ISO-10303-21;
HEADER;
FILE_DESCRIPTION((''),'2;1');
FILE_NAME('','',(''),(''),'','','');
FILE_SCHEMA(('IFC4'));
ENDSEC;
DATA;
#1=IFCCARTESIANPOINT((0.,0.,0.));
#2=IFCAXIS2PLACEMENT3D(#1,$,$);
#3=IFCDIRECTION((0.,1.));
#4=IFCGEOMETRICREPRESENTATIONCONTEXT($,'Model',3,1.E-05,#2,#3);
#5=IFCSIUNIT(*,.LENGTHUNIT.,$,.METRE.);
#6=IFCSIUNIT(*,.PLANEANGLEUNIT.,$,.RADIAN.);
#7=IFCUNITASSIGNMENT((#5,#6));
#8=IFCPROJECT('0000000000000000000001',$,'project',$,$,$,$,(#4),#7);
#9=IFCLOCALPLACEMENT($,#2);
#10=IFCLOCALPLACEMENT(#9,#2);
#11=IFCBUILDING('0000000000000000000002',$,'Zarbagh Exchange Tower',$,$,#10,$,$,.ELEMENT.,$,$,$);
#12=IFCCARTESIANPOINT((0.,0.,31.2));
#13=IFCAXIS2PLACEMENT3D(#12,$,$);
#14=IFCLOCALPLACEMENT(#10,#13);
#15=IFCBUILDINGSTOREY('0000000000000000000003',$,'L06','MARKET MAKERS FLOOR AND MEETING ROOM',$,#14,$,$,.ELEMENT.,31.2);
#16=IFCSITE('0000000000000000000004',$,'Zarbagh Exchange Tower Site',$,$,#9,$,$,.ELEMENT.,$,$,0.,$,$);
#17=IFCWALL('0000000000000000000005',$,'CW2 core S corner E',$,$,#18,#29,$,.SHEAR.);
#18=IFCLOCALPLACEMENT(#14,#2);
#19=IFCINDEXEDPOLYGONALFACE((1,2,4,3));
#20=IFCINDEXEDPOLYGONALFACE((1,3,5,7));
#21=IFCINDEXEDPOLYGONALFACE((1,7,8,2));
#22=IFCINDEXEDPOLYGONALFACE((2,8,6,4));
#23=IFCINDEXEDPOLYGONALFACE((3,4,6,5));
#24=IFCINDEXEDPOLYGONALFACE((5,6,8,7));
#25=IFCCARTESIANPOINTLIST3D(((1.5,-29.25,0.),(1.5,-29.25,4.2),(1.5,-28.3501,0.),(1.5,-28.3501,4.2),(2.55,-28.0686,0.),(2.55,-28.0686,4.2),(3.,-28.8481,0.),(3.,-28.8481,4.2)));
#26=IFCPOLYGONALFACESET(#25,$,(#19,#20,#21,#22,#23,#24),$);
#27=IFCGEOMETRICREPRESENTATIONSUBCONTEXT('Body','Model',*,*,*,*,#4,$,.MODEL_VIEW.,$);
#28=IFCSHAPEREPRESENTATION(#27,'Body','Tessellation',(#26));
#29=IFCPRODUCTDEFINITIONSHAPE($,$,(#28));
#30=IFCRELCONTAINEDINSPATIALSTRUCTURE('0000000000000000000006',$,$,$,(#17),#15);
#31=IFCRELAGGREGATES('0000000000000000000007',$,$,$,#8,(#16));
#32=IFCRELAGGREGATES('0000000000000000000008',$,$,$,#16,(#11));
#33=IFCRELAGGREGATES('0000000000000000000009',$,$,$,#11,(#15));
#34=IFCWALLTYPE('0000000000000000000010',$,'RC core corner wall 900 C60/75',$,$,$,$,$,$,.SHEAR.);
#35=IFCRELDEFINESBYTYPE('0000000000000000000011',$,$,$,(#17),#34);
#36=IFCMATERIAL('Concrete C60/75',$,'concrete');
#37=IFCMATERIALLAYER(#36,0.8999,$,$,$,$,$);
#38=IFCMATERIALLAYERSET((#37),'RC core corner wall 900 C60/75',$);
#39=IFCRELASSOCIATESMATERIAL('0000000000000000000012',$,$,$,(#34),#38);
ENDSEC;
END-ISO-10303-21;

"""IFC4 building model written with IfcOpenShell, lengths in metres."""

from ifc_helpers import new_model, si_unit, direction, frame, origin, place, context, subcontext, project, spatial, polyline, outline, extrude, material, layer, layer_set, type_object, element, save


model = new_model("IFC4")

# Units and contexts
model_context = context("Model", 3, precision=1e-05, world=origin(), true_north=direction((0.0, 1.0)))
body_context = subcontext(model_context, "Body", "Model", "MODEL_VIEW")
ifc_project = project(units=[si_unit("LENGTHUNIT", "METRE"), si_unit("PLANEANGLEUNIT", "RADIAN")], contexts=[model_context])

# Site, building, storey
site_placement = place(None, origin())
site = spatial("IfcSite", under=ifc_project, at=site_placement, Name="Zarbagh Exchange Tower Site", CompositionType="ELEMENT", RefElevation=0.0)
building_placement = place(site_placement, origin())
building = spatial("IfcBuilding", under=site, at=building_placement, Name="Zarbagh Exchange Tower", CompositionType="ELEMENT")
storey_placement = place(building_placement, frame((0.0, 0.0, 31.2)))
storey = spatial("IfcBuildingStorey", under=building, at=storey_placement, Name="L06", Description="MARKET MAKERS FLOOR AND MEETING ROOM", CompositionType="ELEMENT", Elevation=31.2)

# Wall
ifc_material_1 = material(Name="Concrete C60/75", Category="concrete")
ifc_layer_1 = layer(ifc_material_1, 0.8999)
ifc_layer_set_1 = layer_set([ifc_layer_1], Name="RC core corner wall 900 C60/75")
wall_type = type_object("IfcWallType", Name="RC core corner wall 900 C60/75", PredefinedType="SHEAR", material=ifc_layer_set_1)
wall_1_placement = place(storey_placement, origin())
element("IfcWall", 1, at=wall_1_placement, inside=storey, type_object=wall_type, Name="CW2 core S corner E", PredefinedType="SHEAR", context=body_context, shape_type="SweptSolid", body=[
    extrude(outline(polyline([(3.0, -28.8481), (1.5, -29.25), (1.5, -28.3501), (2.55, -28.0686), (3.0, -28.8481)])), origin(), (0.0, 0.0, 1.0), 4.2),
])

save(model, "model.ifc")
